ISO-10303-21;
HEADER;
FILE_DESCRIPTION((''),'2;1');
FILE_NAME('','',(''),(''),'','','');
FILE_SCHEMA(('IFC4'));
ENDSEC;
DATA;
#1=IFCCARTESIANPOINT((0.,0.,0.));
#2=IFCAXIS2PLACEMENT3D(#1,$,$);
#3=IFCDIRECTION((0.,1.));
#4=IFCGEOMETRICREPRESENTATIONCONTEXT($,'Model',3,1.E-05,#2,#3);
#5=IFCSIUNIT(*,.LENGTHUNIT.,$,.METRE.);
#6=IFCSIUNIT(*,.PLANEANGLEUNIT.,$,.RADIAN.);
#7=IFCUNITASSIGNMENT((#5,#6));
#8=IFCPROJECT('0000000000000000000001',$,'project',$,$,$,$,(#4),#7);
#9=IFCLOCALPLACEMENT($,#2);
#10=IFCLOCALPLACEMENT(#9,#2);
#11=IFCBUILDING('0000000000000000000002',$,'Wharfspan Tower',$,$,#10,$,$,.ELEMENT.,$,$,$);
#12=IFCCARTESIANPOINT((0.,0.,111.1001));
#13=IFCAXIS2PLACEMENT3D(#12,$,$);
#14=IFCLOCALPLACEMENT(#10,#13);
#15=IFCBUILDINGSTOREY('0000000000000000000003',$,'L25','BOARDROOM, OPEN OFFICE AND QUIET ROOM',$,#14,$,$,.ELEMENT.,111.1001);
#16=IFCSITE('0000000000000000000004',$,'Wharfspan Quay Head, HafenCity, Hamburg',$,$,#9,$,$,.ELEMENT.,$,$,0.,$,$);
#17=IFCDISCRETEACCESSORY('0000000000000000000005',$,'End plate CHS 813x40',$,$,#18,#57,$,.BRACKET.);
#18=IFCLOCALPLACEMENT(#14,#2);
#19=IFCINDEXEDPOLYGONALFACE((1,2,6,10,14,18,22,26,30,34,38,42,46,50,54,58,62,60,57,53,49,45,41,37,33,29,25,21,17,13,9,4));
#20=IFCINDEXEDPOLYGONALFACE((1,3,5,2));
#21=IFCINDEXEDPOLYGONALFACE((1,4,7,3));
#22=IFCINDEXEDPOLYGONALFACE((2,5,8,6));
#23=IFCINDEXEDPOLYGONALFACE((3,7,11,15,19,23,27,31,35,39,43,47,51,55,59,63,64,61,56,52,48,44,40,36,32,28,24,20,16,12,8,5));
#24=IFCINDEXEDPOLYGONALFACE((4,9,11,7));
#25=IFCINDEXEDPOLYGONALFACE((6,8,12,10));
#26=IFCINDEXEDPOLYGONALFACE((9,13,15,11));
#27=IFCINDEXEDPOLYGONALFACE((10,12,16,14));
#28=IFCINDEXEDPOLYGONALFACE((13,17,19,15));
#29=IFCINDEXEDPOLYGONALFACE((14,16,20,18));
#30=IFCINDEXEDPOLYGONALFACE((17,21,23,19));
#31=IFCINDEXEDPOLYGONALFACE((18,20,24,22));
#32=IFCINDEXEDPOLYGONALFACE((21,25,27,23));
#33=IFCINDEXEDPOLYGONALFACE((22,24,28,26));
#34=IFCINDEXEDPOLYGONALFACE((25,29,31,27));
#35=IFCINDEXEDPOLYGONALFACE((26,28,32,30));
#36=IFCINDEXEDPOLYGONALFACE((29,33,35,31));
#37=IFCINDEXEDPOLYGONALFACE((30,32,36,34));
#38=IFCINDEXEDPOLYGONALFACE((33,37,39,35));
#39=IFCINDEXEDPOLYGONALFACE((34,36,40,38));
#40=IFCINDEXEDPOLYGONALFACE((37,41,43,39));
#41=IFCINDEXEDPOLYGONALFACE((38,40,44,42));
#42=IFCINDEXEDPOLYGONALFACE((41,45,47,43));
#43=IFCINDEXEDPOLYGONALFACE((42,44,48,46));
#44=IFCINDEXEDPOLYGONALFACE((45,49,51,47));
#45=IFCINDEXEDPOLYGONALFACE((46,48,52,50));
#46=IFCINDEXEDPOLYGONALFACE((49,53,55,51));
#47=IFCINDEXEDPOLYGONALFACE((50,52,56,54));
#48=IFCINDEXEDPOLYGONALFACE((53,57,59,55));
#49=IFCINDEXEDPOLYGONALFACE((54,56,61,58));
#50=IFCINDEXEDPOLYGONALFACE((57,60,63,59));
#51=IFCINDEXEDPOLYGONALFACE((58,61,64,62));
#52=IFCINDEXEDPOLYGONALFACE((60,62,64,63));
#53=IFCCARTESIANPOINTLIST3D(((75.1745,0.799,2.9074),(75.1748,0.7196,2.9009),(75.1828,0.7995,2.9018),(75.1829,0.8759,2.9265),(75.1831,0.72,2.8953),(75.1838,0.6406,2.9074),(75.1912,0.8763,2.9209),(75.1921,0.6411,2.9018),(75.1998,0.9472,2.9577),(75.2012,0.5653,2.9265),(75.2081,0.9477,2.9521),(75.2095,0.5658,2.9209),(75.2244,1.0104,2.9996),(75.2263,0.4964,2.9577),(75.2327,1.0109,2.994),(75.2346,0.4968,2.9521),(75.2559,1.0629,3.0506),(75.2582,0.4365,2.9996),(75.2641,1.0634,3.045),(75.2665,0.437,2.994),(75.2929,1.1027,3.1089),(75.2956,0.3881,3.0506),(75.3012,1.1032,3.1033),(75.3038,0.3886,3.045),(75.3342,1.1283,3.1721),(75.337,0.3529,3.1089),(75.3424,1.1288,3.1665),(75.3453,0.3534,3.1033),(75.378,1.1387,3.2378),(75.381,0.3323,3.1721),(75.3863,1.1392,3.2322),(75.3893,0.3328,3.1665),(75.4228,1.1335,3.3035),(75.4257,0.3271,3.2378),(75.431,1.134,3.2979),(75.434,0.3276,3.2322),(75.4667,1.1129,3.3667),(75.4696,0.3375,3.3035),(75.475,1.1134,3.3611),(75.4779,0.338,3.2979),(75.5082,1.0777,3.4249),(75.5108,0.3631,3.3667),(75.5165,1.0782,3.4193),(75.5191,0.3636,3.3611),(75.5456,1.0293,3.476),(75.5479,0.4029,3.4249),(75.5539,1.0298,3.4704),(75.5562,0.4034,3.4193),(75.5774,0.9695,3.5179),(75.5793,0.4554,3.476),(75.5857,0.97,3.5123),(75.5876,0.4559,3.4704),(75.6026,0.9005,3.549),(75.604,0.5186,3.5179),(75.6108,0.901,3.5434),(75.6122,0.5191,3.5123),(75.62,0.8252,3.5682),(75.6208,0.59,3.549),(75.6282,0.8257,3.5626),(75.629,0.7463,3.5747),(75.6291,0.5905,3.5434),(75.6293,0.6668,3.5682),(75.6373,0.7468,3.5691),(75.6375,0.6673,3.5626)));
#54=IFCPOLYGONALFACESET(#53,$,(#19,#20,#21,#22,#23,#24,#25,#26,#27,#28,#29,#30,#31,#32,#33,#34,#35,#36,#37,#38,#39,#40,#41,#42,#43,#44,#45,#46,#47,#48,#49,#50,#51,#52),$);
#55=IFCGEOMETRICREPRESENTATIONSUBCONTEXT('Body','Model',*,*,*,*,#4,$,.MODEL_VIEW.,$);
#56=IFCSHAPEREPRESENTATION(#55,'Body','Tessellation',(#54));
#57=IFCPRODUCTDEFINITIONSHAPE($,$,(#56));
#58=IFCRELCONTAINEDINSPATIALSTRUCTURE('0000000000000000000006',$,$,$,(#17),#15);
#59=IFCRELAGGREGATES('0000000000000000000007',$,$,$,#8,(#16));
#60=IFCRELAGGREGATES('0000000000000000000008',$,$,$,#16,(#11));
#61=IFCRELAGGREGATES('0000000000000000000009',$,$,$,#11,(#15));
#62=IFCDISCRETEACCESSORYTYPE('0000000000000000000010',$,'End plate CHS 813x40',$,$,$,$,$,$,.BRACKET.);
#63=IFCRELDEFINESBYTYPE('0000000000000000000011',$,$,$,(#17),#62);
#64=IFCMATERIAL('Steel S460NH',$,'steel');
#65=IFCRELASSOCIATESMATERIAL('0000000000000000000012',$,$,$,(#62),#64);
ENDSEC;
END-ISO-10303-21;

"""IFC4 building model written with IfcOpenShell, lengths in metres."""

from ifc_helpers import new_model, si_unit, direction, frame, origin, origin_2d, place, context, subcontext, project, spatial, circle, extrude, material, material_profile, profile_set, type_object, element, save


model = new_model("IFC4")

# Units and contexts
model_context = context("Model", 3, precision=1e-05, world=origin(), true_north=direction((0.0, 1.0)))
body_context = subcontext(model_context, "Body", "Model", "MODEL_VIEW")
ifc_project = project(units=[si_unit("LENGTHUNIT", "METRE"), si_unit("PLANEANGLEUNIT", "RADIAN")], contexts=[model_context])

# Site, building, storey
site_placement = place(None, origin())
site = spatial("IfcSite", under=ifc_project, at=site_placement, Name="Wharfspan Quay Head, HafenCity, Hamburg", CompositionType="ELEMENT", RefElevation=0.0)
building_placement = place(site_placement, origin())
building = spatial("IfcBuilding", under=site, at=building_placement, Name="Wharfspan Tower", CompositionType="ELEMENT")
storey_placement = place(building_placement, frame((0.0, 0.0, 111.1001)))
storey = spatial("IfcBuildingStorey", under=building, at=storey_placement, Name="L25", Description="BOARDROOM, OPEN OFFICE AND QUIET ROOM", CompositionType="ELEMENT", Elevation=111.1001)

# Shared definitions
ifc_material_1 = material(Name="Steel S460NH", Category="steel")

# Discrete accessory
ifc_material_profile_1 = material_profile(ifc_material_1, circle(Radius=0.4065, at=origin_2d()))
ifc_profile_set_1 = profile_set([ifc_material_profile_1], Name="Steel S460NH")
discrete_accessory_type = type_object("IfcDiscreteAccessoryType", Name="End plate CHS 813x40", PredefinedType="BRACKET", material=ifc_profile_set_1)
discrete_accessory_1_placement = place(storey_placement, frame((75.4102, 0.7334, 3.2322), z_axis=(-0.827302, -0.048665, 0.559645), x_axis=(0.058723, -0.998276, 0.000001)))
element("IfcDiscreteAccessory", 1, at=discrete_accessory_1_placement, inside=storey, type_object=discrete_accessory_type, Name="End plate CHS 813x40", PredefinedType="BRACKET", context=body_context, shape_type="SweptSolid", body=[
    extrude(circle(Radius=0.4065, at=origin_2d()), origin(), (0.0, 0.0, 1.0), 0.01),
])

save(model, "model.ifc")
